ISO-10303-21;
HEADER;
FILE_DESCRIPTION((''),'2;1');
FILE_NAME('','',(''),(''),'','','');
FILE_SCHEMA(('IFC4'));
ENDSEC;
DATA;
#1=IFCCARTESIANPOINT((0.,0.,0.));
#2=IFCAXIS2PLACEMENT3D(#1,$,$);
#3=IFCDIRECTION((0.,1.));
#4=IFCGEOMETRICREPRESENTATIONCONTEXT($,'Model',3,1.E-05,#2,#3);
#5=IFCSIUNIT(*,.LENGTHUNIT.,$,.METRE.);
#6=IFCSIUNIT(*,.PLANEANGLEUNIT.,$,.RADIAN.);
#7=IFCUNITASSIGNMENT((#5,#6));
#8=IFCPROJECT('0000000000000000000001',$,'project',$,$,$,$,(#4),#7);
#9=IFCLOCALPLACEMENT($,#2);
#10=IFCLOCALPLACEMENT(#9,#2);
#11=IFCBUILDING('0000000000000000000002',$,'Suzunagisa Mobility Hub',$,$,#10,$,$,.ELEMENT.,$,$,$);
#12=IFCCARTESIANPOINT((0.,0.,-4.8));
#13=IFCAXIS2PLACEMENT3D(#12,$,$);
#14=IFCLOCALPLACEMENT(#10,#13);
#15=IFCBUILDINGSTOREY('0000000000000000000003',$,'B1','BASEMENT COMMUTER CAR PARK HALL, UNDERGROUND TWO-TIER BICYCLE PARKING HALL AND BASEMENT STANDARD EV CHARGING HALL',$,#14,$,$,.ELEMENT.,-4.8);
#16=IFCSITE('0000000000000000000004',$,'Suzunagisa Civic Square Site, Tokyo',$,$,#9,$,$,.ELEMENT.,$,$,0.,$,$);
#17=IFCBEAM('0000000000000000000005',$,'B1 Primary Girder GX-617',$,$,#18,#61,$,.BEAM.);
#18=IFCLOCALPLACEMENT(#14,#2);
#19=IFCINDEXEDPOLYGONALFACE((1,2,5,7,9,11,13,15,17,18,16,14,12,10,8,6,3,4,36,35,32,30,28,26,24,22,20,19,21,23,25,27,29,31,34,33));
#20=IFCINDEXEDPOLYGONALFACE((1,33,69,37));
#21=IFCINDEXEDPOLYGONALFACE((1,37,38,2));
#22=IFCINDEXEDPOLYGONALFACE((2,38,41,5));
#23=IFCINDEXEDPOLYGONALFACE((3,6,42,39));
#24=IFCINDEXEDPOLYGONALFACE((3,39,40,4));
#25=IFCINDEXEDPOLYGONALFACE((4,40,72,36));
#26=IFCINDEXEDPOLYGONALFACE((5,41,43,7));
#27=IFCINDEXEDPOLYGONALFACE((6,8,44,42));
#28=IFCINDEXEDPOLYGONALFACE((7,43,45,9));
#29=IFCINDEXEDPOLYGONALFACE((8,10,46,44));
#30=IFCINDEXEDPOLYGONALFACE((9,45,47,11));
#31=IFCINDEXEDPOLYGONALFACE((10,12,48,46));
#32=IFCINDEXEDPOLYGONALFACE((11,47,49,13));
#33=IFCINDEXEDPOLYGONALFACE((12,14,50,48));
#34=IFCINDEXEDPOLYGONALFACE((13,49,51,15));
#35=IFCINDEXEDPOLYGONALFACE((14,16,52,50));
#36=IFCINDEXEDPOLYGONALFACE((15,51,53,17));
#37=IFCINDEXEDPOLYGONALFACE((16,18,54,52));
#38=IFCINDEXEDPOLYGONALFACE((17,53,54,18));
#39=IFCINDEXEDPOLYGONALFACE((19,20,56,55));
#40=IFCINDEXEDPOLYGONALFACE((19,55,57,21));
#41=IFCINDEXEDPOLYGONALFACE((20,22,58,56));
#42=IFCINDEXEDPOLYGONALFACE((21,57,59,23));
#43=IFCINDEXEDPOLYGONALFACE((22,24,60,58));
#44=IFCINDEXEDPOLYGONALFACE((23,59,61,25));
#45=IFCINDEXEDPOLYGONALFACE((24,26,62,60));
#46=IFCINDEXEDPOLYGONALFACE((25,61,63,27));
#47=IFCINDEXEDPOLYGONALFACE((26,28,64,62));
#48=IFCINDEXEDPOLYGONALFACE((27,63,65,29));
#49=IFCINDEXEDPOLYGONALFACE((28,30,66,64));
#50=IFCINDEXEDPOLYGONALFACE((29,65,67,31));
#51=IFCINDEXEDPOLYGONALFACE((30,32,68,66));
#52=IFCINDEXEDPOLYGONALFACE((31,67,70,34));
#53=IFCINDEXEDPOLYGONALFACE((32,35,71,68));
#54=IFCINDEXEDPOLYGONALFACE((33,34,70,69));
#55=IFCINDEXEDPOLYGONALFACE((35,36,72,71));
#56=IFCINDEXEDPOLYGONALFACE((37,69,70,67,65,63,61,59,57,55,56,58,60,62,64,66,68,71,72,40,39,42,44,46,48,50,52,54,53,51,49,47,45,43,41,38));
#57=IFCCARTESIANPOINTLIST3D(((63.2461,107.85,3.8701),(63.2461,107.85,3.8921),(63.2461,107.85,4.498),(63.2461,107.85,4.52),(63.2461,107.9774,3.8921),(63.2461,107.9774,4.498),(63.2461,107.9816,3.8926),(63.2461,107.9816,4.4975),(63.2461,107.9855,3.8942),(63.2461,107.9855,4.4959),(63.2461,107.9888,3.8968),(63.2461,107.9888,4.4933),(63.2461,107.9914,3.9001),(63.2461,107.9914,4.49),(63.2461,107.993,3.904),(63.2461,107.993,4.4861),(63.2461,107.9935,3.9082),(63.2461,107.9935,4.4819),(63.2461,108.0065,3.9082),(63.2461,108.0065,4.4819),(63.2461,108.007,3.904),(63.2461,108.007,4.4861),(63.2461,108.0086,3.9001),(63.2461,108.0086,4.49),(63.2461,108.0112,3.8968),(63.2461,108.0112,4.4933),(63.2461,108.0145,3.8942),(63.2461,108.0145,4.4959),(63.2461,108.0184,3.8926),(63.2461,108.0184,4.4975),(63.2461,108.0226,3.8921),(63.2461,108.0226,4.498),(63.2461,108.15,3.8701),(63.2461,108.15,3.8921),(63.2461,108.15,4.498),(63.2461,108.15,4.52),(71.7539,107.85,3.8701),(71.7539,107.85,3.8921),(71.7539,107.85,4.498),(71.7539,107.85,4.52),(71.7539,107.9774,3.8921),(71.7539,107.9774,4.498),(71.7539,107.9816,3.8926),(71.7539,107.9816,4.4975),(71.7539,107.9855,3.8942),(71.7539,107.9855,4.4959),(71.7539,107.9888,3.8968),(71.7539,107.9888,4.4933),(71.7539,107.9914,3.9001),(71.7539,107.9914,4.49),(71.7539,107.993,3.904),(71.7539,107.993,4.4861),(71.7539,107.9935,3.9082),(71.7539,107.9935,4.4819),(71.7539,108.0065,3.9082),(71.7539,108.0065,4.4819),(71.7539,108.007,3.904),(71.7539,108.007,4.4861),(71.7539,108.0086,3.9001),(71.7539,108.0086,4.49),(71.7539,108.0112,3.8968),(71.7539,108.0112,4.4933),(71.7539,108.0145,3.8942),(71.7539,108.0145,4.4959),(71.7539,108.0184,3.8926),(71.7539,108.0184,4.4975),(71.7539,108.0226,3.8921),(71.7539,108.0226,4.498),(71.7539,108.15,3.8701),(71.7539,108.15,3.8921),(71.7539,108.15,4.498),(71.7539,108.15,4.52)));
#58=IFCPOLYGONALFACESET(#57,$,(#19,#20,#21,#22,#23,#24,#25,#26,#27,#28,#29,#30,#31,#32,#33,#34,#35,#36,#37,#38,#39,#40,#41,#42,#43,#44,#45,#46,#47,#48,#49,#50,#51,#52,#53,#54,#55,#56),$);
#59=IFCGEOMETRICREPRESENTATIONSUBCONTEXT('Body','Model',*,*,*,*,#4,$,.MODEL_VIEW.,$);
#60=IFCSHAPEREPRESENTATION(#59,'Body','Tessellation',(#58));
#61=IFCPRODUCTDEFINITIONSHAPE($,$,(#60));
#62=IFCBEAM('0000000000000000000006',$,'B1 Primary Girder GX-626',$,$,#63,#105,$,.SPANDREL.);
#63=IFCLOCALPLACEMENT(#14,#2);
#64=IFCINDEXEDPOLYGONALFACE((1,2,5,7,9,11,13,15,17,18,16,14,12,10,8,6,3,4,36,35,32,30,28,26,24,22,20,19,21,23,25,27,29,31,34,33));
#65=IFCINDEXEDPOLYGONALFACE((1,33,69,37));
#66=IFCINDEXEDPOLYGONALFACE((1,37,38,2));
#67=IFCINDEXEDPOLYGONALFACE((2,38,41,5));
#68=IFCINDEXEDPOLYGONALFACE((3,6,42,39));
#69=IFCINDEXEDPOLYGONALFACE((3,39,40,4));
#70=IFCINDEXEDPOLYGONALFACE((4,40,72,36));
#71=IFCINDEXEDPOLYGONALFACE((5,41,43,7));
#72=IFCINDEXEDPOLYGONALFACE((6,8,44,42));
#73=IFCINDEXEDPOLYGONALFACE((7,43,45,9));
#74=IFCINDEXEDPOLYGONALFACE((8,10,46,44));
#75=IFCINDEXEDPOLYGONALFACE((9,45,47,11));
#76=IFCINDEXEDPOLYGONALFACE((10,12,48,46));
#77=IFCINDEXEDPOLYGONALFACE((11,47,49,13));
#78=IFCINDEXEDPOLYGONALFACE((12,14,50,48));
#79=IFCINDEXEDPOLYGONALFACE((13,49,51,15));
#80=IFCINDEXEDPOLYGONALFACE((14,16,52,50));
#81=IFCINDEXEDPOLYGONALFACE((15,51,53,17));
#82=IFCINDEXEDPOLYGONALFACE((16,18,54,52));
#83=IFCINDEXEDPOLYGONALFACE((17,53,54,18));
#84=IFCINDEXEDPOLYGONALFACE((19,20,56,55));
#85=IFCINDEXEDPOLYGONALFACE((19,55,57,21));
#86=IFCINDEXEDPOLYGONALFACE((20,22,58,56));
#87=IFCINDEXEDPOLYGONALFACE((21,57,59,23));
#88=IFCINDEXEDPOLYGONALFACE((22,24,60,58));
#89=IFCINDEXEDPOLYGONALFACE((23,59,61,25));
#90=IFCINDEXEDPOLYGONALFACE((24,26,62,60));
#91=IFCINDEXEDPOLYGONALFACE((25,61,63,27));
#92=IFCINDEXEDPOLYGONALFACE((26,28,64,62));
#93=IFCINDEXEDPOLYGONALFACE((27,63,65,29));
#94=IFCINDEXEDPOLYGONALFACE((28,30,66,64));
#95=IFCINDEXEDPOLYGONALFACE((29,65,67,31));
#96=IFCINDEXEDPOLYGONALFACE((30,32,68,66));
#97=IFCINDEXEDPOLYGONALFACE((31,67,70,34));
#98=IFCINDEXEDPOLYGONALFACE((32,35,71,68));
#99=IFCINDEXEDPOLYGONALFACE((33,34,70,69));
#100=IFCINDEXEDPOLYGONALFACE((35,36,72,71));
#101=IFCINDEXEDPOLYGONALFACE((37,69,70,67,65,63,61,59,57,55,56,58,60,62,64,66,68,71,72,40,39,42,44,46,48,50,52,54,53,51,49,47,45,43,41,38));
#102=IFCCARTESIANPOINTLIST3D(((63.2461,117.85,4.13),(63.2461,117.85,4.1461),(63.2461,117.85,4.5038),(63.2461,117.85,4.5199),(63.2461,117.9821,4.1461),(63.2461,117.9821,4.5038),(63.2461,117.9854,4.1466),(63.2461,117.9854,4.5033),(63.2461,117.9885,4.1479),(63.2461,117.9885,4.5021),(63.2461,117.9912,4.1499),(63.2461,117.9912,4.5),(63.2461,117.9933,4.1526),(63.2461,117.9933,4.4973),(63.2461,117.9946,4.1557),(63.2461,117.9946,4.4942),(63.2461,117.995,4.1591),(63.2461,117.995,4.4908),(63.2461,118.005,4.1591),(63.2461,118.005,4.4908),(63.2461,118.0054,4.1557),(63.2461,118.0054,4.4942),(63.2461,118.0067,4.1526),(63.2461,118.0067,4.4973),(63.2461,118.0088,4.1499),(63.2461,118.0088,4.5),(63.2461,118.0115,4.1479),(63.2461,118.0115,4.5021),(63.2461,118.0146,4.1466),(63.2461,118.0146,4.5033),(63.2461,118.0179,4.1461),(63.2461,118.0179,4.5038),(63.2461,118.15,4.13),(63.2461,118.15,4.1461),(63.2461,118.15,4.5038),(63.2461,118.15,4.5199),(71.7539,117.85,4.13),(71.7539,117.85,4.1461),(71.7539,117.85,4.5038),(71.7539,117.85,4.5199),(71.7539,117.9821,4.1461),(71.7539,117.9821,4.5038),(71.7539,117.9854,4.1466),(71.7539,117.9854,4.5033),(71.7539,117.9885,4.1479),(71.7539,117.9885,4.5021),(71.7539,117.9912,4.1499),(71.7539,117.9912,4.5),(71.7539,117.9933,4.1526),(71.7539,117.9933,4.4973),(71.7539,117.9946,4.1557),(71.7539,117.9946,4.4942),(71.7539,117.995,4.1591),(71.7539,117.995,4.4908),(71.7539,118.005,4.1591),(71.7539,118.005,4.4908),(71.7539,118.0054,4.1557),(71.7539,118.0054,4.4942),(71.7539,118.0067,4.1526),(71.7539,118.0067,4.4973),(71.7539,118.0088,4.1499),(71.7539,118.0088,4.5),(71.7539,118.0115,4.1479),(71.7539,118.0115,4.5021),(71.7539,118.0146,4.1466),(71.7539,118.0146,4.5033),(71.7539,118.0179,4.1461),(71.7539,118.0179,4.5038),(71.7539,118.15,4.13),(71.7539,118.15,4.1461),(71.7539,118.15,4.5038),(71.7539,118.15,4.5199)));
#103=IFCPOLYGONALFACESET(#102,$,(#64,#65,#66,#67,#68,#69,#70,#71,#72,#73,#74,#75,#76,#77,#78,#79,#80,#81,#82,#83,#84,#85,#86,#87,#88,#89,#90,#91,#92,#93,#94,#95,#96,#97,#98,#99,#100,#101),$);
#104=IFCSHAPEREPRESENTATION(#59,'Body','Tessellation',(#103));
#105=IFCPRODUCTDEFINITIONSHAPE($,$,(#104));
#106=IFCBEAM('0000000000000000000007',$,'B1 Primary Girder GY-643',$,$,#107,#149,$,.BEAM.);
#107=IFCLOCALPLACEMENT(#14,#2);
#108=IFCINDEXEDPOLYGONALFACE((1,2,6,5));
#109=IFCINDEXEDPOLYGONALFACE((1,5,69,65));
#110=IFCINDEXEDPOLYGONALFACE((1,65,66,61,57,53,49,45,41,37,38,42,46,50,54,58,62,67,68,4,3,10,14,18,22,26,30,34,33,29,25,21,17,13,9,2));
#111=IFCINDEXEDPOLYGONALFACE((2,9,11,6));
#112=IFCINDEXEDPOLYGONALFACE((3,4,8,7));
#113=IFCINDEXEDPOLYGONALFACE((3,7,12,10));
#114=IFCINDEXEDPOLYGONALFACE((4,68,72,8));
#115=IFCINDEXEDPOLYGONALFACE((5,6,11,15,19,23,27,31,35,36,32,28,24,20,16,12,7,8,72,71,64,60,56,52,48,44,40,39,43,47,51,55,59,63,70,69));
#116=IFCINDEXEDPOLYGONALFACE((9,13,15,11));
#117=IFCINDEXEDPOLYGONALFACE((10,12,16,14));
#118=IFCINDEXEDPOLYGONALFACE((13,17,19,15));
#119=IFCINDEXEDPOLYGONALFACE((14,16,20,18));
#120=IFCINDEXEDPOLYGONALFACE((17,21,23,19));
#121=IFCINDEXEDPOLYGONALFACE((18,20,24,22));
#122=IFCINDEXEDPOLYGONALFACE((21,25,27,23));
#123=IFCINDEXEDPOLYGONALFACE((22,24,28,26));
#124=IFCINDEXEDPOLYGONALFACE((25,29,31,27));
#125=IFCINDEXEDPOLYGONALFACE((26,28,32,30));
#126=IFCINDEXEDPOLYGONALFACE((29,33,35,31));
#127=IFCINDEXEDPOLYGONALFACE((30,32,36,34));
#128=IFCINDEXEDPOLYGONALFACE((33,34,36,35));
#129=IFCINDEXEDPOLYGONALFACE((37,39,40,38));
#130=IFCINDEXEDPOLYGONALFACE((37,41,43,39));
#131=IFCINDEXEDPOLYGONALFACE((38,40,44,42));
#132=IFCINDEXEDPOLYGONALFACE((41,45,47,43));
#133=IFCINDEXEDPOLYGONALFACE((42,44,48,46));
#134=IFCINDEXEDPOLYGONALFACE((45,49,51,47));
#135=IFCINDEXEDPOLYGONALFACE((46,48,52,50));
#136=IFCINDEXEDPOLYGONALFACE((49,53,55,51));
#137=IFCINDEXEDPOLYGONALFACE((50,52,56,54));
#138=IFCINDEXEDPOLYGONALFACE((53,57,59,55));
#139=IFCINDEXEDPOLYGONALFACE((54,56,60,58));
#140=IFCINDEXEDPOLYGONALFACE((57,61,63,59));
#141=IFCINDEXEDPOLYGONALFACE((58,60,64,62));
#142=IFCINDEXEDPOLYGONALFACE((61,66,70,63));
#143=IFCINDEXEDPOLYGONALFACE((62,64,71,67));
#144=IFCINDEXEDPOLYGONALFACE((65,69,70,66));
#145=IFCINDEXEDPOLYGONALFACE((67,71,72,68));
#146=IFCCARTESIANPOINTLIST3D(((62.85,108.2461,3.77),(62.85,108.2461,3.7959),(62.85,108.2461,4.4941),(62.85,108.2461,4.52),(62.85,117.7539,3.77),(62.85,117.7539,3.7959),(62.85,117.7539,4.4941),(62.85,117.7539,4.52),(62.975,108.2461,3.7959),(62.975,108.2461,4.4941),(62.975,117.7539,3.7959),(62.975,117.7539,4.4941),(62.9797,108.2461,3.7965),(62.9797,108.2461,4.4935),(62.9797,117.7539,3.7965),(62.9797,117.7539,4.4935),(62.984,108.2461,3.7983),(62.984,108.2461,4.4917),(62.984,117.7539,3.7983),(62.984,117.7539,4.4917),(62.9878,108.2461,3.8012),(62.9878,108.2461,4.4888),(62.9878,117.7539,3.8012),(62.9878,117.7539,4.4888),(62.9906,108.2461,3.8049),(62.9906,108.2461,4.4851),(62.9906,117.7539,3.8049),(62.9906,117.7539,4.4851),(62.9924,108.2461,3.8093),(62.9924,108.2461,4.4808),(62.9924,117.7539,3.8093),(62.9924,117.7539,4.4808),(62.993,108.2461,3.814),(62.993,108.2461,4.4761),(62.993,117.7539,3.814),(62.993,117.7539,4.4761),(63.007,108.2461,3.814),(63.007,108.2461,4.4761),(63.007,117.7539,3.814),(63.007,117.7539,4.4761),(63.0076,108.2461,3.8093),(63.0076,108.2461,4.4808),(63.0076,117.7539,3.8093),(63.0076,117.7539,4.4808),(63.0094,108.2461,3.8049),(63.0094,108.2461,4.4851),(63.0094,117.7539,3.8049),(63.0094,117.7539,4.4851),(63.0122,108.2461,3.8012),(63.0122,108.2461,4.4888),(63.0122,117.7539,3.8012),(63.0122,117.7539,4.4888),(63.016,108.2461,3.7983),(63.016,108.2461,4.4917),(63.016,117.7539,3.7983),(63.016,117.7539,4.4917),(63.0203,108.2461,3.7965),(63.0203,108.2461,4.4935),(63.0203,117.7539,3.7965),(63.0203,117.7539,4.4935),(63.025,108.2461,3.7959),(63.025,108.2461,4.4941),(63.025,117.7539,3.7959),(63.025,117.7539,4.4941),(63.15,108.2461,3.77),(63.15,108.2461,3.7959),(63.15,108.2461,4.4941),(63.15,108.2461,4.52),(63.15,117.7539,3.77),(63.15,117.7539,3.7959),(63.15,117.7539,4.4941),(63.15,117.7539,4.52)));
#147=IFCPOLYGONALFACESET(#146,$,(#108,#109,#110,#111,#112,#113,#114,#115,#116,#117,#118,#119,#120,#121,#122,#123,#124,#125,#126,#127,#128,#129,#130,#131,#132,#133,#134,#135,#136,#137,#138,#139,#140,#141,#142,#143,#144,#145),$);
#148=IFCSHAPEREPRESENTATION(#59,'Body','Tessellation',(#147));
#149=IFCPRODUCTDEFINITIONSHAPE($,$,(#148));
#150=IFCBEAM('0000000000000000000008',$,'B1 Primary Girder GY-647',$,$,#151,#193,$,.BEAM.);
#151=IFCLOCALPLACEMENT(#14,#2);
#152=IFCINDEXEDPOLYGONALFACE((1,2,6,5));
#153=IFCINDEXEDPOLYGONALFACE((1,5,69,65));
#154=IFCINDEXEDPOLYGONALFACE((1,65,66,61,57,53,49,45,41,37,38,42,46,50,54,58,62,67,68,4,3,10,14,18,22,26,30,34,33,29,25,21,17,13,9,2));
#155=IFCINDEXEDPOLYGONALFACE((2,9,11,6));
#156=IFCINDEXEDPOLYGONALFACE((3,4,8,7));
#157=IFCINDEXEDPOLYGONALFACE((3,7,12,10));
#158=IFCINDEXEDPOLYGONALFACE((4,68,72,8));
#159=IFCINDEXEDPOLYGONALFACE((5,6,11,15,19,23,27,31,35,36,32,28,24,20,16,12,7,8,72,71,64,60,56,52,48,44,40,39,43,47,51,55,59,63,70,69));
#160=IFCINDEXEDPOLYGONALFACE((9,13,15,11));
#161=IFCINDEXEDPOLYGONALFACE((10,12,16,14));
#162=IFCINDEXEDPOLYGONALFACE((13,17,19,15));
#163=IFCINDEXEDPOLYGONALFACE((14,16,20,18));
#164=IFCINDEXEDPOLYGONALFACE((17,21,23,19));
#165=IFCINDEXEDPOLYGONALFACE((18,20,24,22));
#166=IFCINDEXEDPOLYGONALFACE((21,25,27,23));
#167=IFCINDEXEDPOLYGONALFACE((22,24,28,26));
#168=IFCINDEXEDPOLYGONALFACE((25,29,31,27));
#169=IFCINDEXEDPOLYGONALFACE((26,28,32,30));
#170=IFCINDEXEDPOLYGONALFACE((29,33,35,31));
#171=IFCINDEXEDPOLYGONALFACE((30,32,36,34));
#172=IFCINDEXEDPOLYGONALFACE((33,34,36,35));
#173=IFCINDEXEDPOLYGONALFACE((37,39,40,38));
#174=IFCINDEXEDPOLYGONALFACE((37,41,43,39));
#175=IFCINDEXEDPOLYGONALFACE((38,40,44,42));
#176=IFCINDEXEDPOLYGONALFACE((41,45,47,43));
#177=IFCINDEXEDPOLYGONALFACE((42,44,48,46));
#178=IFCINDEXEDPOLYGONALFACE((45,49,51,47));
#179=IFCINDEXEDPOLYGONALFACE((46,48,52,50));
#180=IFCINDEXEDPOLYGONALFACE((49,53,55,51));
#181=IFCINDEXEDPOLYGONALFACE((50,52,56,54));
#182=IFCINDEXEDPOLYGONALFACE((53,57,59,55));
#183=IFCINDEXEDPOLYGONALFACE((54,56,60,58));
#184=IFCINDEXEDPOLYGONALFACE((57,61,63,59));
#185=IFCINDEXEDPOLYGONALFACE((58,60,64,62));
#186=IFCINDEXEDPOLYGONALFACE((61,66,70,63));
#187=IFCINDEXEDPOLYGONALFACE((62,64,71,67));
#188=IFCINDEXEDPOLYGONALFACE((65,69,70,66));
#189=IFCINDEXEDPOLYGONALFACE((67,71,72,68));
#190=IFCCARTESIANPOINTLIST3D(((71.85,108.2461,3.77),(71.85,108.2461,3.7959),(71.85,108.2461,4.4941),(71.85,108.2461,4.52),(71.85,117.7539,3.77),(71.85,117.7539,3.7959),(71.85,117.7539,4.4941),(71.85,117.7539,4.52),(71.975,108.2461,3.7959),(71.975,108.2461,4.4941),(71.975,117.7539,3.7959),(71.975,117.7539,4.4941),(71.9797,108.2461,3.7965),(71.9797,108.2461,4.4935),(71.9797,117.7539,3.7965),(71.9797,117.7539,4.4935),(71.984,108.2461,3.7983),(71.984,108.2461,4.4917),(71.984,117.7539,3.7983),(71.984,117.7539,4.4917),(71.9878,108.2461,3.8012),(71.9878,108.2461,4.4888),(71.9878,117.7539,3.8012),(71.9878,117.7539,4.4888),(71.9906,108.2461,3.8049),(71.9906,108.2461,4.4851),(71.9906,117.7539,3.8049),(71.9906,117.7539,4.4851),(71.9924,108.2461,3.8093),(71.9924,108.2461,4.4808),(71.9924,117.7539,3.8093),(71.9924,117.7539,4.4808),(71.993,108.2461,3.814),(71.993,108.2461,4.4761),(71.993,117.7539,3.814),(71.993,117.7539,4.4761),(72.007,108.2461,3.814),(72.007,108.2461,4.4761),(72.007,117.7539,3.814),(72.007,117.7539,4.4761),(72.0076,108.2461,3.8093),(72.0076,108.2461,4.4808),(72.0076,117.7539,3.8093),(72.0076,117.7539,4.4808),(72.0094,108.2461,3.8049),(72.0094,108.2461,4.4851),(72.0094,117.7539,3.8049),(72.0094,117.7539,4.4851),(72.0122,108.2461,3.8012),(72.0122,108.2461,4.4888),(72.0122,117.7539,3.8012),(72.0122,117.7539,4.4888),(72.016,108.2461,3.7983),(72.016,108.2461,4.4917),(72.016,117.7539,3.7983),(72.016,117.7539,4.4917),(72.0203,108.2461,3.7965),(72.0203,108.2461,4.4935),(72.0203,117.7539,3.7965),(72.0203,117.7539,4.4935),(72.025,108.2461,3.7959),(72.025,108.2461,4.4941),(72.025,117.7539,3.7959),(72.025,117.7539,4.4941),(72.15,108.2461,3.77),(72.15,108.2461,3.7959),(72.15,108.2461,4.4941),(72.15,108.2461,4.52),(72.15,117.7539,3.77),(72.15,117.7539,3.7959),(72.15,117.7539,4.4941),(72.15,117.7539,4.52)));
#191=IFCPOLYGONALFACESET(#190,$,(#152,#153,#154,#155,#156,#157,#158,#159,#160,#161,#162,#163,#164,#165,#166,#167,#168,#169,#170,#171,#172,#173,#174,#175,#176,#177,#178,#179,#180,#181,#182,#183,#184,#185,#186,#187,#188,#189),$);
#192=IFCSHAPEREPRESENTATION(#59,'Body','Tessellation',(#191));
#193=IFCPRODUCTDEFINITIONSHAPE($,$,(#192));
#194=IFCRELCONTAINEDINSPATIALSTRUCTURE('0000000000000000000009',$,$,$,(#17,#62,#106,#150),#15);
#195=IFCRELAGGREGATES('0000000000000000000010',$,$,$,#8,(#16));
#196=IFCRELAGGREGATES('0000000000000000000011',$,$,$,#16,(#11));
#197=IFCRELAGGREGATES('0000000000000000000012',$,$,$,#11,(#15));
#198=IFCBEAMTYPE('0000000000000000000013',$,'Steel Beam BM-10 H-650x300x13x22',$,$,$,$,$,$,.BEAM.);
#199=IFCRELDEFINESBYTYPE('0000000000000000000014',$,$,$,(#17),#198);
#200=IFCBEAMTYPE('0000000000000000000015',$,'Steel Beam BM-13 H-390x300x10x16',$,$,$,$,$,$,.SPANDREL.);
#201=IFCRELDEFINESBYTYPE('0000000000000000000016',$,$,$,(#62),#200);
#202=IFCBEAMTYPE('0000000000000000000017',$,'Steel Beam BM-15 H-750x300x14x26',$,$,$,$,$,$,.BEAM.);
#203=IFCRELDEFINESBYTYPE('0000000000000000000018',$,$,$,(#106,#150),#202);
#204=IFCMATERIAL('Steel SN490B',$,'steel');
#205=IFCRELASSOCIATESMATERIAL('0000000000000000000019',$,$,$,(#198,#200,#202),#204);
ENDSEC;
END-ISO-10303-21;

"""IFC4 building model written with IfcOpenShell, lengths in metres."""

from ifc_helpers import new_model, si_unit, direction, frame, origin, origin_2d, place, context, subcontext, project, spatial, i_section, extrude, material, material_profile, profile_set, type_object, element, save


model = new_model("IFC4")

# Units and contexts
model_context = context("Model", 3, precision=1e-05, world=origin(), true_north=direction((0.0, 1.0)))
body_context = subcontext(model_context, "Body", "Model", "MODEL_VIEW")
ifc_project = project(units=[si_unit("LENGTHUNIT", "METRE"), si_unit("PLANEANGLEUNIT", "RADIAN")], contexts=[model_context])

# Site, building, storey
site_placement = place(None, origin())
site = spatial("IfcSite", under=ifc_project, at=site_placement, Name="Suzunagisa Civic Square Site, Tokyo", CompositionType="ELEMENT", RefElevation=0.0)
building_placement = place(site_placement, origin())
building = spatial("IfcBuilding", under=site, at=building_placement, Name="Suzunagisa Mobility Hub", CompositionType="ELEMENT")
storey_placement = place(building_placement, frame((0.0, 0.0, -4.8)))
storey = spatial("IfcBuildingStorey", under=building, at=storey_placement, Name="B1", Description="BASEMENT COMMUTER CAR PARK HALL, UNDERGROUND TWO-TIER BICYCLE PARKING HALL AND BASEMENT STANDARD EV CHARGING HALL", CompositionType="ELEMENT", Elevation=-4.8)

# Shared definitions
ifc_material_1 = material(Name="Steel SN490B", Category="steel")

# Beams
ifc_material_profile_1 = material_profile(ifc_material_1, i_section(OverallWidth=0.3, OverallDepth=0.6499, WebThickness=0.0129, FlangeThickness=0.022, FilletRadius=0.0161, at=origin_2d()), Name="H-650x300x13x22")
ifc_profile_set_1 = profile_set([ifc_material_profile_1], Name="Steel SN490B")
beam_type_1 = type_object("IfcBeamType", Name="Steel Beam BM-10 H-650x300x13x22", PredefinedType="BEAM", material=ifc_profile_set_1)
beam_1_placement = place(storey_placement, frame((63.2461, 108.0, 4.1951), z_axis=(1.0, 0.0, 0.0), x_axis=(0.0, 1.0, 0.0)))
element("IfcBeam", 1, at=beam_1_placement, inside=storey, type_object=beam_type_1, Name="B1 Primary Girder GX-617", PredefinedType="BEAM", context=body_context, shape_type="SweptSolid", body=[
    extrude(i_section(OverallWidth=0.3, OverallDepth=0.6499, WebThickness=0.0129, FlangeThickness=0.022, FilletRadius=0.0161, at=origin_2d()), origin(), (0.0, 0.0, 1.0), 8.5078),
])
ifc_material_profile_2 = material_profile(ifc_material_1, i_section(OverallWidth=0.3, OverallDepth=0.3899, WebThickness=0.01, FlangeThickness=0.0161, FilletRadius=0.0129, at=origin_2d()), Name="H-390x300x10x16")
ifc_profile_set_2 = profile_set([ifc_material_profile_2], Name="Steel SN490B")
beam_type_2 = type_object("IfcBeamType", Name="Steel Beam BM-13 H-390x300x10x16", PredefinedType="SPANDREL", material=ifc_profile_set_2)
beam_2_placement = place(storey_placement, frame((63.2461, 118.0, 4.325), z_axis=(1.0, 0.0, 0.0), x_axis=(0.0, 1.0, 0.0)))
element("IfcBeam", 2, at=beam_2_placement, inside=storey, type_object=beam_type_2, Name="B1 Primary Girder GX-626", PredefinedType="SPANDREL", context=body_context, shape_type="SweptSolid", body=[
    extrude(i_section(OverallWidth=0.3, OverallDepth=0.3899, WebThickness=0.01, FlangeThickness=0.0161, FilletRadius=0.0129, at=origin_2d()), origin(), (0.0, 0.0, 1.0), 8.5078),
])
ifc_material_profile_3 = material_profile(ifc_material_1, i_section(OverallWidth=0.3, OverallDepth=0.75, WebThickness=0.0139, FlangeThickness=0.0259, FilletRadius=0.0181, at=origin_2d()), Name="H-750x300x14x26")
ifc_profile_set_3 = profile_set([ifc_material_profile_3], Name="Steel SN490B")
beam_type_3 = type_object("IfcBeamType", Name="Steel Beam BM-15 H-750x300x14x26", PredefinedType="BEAM", material=ifc_profile_set_3)
for number, where, z_axis, x_axis, name in (
    (3, (63.0, 108.2461, 4.145), (0.0, 1.0, 0.0), (-1.0, 0.0, 0.0), "B1 Primary Girder GY-643"),
    (4, (72.0, 108.2461, 4.145), (0.0, 1.0, 0.0), (-1.0, 0.0, 0.0), "B1 Primary Girder GY-647"),
):
    element("IfcBeam", number, at=place(storey_placement, frame(where, z_axis=z_axis, x_axis=x_axis)), inside=storey, type_object=beam_type_3, Name=name, PredefinedType="BEAM", context=body_context, shape_type="SweptSolid", body=[
        extrude(i_section(OverallWidth=0.3, OverallDepth=0.75, WebThickness=0.0139, FlangeThickness=0.0259, FilletRadius=0.0181, at=origin_2d()), origin(), (0.0, 0.0, 1.0), 9.5078),
    ])

save(model, "model.ifc")
